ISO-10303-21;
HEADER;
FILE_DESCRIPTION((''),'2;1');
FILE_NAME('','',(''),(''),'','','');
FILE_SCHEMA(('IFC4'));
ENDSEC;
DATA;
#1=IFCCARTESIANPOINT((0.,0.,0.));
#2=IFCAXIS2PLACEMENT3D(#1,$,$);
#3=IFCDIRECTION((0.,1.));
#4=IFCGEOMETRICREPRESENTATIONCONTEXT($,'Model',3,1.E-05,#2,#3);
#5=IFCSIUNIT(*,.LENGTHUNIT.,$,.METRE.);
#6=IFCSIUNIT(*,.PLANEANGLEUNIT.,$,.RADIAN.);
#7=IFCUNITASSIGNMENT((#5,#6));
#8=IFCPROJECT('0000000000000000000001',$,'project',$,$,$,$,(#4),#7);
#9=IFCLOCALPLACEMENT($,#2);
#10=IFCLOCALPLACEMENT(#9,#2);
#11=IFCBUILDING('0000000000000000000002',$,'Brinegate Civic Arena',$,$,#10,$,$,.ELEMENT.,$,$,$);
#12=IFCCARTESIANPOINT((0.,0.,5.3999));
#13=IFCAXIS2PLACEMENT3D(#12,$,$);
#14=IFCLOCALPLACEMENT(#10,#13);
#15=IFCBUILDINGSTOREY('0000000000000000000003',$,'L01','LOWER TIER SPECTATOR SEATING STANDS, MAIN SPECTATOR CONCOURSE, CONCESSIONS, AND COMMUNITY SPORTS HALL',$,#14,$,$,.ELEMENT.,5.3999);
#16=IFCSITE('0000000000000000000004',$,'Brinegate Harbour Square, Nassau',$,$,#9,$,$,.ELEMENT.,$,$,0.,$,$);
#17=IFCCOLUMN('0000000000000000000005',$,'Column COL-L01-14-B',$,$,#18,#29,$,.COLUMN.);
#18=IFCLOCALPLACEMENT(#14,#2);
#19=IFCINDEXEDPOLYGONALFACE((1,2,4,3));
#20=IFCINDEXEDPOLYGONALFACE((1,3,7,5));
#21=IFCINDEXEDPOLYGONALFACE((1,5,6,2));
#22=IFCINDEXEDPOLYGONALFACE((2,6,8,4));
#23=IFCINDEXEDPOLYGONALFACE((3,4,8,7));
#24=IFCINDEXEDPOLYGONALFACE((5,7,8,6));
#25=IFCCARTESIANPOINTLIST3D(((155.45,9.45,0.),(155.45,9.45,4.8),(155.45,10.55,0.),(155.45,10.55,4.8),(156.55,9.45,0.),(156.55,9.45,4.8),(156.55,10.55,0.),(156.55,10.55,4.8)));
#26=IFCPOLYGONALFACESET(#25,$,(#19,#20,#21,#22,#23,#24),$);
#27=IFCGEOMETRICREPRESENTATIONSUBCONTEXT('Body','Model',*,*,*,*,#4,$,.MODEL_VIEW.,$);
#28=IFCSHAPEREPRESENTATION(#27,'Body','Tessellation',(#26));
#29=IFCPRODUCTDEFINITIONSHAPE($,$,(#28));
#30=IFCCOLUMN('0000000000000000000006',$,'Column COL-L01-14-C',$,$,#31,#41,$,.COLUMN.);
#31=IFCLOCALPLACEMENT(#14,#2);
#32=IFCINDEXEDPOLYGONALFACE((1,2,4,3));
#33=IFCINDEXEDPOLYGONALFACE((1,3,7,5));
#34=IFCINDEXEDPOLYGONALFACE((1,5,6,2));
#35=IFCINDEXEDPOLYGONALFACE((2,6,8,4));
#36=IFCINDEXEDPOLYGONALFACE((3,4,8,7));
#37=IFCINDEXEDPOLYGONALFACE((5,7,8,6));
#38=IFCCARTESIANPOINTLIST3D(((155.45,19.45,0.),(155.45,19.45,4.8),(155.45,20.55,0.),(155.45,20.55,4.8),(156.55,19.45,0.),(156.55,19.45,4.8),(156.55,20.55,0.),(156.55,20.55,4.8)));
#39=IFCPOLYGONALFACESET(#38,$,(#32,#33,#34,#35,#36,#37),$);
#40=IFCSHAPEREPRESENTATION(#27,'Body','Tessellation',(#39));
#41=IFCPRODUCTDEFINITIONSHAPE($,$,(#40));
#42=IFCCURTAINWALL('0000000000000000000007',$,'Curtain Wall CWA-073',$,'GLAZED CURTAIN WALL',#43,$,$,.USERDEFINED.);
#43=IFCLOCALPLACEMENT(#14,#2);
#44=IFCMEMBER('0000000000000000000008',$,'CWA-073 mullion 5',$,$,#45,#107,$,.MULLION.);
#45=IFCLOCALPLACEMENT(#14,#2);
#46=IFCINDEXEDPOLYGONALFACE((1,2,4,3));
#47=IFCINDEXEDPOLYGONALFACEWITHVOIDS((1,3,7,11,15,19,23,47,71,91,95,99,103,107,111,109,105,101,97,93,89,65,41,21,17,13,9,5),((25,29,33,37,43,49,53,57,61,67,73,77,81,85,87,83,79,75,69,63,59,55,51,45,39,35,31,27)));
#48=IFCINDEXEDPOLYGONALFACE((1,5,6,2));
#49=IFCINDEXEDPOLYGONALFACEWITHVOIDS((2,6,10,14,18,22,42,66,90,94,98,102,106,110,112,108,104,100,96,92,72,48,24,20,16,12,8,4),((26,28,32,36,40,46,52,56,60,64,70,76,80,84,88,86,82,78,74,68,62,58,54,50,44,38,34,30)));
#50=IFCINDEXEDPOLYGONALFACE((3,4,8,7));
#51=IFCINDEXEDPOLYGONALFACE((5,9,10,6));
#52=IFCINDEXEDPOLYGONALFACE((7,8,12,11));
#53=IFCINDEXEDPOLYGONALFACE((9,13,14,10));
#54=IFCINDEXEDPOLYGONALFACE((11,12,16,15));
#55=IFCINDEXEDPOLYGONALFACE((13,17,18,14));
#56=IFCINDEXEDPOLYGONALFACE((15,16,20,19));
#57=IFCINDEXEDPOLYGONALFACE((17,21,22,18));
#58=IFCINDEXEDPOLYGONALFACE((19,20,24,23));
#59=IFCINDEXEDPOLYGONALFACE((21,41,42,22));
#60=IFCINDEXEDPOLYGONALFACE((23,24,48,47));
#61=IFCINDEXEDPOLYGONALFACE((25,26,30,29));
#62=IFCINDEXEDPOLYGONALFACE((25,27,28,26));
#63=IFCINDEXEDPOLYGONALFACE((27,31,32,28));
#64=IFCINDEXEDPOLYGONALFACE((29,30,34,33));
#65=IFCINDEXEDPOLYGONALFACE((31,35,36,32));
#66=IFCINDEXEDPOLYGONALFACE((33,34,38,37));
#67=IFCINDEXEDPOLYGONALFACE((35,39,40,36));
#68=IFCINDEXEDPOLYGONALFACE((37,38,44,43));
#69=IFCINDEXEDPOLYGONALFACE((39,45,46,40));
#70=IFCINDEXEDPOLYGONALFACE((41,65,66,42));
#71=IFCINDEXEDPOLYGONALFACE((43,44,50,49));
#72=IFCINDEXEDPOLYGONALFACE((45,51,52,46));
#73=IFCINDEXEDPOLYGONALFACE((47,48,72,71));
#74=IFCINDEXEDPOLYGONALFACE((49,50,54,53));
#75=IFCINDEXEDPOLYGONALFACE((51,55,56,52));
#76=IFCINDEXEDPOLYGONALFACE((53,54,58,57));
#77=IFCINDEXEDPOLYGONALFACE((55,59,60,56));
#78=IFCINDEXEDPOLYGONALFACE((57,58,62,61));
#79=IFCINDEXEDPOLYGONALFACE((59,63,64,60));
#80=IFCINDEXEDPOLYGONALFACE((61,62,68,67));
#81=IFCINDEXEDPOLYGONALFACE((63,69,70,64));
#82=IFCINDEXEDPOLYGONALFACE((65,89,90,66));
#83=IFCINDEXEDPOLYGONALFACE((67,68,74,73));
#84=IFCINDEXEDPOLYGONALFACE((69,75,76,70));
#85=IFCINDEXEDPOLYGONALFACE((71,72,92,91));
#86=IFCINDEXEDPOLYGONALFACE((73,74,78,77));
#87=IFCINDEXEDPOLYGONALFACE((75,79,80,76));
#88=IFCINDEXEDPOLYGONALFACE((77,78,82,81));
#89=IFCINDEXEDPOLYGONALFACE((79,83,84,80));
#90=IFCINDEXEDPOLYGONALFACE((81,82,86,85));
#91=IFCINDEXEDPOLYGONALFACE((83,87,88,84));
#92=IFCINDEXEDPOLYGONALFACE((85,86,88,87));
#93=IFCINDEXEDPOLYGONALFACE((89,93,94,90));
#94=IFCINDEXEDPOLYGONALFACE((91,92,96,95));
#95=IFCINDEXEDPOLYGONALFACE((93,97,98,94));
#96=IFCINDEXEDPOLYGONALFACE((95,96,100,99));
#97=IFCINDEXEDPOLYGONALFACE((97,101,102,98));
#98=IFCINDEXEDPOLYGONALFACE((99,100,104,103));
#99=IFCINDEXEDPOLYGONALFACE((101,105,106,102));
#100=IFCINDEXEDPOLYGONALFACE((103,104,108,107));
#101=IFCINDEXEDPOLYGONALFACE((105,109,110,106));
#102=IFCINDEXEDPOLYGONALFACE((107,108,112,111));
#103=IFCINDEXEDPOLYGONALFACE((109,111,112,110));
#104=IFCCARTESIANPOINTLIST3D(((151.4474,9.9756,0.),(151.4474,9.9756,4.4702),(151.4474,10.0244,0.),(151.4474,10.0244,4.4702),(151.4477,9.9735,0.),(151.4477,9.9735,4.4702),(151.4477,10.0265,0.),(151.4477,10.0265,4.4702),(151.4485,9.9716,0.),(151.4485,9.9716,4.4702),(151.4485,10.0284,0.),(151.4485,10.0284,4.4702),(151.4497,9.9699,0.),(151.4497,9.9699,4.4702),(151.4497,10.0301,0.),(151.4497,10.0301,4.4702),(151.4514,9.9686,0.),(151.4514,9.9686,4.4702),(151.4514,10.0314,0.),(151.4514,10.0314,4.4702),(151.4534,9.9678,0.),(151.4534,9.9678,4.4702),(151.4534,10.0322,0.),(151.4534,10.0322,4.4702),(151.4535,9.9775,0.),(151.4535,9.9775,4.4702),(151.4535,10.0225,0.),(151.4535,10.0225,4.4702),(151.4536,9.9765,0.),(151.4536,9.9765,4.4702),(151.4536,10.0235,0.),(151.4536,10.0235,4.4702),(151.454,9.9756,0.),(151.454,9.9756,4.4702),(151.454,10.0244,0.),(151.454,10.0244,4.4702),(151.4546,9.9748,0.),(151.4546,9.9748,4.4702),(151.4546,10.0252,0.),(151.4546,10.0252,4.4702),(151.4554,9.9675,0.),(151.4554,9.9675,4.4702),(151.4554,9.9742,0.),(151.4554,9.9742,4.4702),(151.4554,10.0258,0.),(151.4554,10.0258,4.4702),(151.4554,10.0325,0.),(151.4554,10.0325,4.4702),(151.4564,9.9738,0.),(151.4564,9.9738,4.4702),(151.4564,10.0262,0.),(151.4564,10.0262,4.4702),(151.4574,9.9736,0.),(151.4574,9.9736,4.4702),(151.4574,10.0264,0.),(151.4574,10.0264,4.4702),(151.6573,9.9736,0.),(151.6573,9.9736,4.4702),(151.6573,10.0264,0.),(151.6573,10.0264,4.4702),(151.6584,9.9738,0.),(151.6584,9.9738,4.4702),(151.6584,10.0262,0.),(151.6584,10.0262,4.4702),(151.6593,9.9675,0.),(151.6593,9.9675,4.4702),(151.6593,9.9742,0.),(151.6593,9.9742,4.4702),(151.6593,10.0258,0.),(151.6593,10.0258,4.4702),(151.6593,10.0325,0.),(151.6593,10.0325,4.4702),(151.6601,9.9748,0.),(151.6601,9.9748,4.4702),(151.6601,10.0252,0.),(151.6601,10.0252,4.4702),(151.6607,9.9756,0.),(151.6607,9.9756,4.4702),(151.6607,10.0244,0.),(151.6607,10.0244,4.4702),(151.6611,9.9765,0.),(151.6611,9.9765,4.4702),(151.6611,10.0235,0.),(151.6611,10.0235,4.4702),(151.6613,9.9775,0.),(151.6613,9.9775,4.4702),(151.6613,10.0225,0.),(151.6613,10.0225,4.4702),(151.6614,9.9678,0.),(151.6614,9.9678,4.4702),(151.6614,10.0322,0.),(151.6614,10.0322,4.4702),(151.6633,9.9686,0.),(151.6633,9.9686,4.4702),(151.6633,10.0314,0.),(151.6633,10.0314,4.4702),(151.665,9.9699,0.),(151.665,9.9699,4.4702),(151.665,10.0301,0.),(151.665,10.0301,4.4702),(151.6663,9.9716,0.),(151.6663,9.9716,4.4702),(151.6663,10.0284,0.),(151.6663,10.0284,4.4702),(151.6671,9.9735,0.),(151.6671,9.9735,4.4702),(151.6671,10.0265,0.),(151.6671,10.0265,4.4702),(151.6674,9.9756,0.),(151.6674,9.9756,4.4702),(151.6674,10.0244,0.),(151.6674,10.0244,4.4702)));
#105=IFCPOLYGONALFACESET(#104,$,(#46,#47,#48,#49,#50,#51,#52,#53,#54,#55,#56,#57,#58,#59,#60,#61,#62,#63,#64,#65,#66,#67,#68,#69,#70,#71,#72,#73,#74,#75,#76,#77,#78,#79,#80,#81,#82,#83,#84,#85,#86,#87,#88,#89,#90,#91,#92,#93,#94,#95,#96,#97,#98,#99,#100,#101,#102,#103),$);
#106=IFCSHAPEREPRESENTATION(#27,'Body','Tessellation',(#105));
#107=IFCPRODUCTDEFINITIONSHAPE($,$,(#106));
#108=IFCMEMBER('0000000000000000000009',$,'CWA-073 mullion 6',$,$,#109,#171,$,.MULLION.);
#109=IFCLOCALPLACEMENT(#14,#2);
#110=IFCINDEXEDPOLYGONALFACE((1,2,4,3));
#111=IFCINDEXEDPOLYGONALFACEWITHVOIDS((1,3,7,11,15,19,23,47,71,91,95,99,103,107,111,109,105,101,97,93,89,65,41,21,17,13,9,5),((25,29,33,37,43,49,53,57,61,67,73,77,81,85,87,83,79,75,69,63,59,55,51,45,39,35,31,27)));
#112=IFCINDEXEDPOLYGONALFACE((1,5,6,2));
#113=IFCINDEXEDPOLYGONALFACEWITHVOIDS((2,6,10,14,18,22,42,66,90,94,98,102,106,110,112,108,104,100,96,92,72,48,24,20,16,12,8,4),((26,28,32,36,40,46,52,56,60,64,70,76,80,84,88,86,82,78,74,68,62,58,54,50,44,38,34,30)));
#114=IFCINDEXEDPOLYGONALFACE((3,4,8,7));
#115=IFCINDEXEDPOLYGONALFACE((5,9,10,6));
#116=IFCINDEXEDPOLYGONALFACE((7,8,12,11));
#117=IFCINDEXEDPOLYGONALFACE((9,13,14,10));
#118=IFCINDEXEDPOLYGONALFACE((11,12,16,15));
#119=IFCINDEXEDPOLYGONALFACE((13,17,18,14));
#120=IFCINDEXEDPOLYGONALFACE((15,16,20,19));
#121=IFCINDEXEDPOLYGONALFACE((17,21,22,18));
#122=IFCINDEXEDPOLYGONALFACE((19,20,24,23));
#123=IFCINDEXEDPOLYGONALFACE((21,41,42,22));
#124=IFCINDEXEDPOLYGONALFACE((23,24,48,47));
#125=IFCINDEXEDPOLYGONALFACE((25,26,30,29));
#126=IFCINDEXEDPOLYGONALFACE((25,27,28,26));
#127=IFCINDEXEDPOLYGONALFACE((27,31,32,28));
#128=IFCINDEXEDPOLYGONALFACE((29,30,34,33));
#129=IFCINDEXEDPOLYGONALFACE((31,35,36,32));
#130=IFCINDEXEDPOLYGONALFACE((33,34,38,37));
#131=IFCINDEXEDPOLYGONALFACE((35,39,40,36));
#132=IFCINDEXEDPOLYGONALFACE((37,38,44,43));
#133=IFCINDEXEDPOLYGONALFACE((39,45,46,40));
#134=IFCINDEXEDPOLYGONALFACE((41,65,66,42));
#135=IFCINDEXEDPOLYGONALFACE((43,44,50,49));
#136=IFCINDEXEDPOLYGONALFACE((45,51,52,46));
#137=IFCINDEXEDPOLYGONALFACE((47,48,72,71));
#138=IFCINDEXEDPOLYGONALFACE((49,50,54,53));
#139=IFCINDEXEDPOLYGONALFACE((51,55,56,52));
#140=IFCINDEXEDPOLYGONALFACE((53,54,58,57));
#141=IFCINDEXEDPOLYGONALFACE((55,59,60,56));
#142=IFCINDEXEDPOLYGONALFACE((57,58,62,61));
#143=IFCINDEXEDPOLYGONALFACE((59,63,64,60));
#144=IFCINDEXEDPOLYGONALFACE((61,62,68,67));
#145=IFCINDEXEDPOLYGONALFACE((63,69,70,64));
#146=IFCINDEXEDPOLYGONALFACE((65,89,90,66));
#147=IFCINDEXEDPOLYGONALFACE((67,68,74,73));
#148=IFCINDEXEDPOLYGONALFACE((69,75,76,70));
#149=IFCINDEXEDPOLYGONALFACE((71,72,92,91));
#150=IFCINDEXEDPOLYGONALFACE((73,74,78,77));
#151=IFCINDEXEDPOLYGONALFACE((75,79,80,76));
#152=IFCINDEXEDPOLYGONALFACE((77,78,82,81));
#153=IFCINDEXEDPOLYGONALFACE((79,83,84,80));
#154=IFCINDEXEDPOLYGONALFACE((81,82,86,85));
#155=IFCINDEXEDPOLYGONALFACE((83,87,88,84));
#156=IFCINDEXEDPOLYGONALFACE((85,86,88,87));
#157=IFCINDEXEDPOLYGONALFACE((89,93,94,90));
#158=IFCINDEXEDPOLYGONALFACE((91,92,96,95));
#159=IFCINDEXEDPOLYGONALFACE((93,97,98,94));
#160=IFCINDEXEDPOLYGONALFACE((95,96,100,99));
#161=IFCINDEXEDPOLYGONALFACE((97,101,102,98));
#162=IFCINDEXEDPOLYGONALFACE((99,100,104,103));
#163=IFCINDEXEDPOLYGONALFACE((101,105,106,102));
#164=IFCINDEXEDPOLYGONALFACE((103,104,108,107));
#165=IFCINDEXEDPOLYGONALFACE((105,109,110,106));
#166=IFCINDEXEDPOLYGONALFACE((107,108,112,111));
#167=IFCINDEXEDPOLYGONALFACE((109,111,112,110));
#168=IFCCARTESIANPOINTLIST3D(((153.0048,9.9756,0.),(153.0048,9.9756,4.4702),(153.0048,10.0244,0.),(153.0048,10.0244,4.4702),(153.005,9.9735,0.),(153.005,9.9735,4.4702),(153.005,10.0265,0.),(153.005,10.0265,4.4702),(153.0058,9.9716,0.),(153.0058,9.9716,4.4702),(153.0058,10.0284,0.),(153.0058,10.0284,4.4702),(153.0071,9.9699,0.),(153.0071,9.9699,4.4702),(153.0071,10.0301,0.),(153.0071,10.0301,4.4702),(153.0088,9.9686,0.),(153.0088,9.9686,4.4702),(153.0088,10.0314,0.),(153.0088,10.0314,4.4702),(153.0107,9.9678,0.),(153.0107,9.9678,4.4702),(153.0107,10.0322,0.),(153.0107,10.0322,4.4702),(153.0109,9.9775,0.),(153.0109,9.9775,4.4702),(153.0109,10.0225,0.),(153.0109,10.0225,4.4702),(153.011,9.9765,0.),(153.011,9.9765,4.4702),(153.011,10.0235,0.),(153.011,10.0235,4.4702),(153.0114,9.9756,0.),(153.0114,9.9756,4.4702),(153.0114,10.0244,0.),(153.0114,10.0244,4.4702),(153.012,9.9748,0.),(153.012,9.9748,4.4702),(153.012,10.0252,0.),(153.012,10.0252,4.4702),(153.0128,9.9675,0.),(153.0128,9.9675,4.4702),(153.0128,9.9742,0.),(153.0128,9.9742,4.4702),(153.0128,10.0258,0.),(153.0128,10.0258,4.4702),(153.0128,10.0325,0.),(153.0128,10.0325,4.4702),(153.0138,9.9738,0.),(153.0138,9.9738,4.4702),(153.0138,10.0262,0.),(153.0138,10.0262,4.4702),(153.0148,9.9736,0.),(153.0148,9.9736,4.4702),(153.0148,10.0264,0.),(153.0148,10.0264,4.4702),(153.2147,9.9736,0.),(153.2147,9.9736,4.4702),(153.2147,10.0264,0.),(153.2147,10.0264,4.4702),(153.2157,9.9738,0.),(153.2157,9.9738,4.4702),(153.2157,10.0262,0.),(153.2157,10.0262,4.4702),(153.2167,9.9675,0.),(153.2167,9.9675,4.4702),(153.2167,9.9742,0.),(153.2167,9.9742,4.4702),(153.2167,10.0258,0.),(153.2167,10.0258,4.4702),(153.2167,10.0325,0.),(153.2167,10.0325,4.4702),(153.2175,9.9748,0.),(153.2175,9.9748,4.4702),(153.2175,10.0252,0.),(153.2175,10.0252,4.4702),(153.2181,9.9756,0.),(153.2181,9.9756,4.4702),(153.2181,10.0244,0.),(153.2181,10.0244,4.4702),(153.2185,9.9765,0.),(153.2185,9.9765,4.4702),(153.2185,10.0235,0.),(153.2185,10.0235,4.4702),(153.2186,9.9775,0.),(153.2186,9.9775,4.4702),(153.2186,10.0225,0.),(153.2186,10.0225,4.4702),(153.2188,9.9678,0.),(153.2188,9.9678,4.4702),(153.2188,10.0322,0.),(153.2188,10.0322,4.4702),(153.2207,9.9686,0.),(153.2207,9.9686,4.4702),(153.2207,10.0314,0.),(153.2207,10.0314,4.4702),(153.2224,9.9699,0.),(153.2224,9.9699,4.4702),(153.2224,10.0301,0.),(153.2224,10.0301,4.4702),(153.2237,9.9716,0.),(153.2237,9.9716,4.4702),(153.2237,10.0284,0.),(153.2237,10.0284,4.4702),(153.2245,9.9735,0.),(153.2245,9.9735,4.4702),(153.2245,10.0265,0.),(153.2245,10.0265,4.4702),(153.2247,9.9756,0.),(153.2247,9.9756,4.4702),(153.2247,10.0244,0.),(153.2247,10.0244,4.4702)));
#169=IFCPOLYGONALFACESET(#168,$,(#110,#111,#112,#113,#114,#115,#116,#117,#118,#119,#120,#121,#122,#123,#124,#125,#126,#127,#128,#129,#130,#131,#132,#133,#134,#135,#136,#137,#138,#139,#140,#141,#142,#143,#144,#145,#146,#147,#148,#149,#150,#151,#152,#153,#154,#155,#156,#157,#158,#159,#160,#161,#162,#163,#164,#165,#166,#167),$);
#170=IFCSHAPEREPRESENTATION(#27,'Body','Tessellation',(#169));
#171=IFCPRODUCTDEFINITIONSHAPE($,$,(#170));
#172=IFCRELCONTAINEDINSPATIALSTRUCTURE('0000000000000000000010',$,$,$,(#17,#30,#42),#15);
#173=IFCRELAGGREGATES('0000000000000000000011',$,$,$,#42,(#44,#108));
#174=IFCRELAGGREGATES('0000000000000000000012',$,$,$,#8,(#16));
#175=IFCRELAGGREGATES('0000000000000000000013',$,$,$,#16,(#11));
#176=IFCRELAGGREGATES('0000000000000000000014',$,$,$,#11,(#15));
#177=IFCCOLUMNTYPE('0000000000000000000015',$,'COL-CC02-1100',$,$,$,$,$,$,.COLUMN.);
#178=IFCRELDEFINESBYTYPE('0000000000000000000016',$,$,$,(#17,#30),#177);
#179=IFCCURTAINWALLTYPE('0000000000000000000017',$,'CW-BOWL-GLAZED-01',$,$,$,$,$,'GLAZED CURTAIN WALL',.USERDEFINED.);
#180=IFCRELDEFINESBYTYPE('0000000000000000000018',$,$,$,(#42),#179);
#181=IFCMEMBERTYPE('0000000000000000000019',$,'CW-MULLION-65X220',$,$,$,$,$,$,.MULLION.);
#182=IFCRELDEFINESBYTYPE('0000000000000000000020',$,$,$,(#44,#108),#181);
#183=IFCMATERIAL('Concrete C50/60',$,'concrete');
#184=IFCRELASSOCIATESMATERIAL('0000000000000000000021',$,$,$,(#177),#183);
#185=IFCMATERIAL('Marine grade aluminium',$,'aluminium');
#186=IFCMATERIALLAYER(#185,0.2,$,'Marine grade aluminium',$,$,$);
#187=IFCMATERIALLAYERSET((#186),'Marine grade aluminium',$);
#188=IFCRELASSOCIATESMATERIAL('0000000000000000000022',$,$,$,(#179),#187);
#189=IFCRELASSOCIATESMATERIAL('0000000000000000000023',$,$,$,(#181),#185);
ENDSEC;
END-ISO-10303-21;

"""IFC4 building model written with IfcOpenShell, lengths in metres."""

from ifc_helpers import new_model, si_unit, direction, frame, origin, origin_2d, place, context, subcontext, project, spatial, rectangle, hollow_rectangle, extrude, material, layer, layer_set, material_profile, profile_set, type_object, element, aggregate, save


model = new_model("IFC4")

# Units and contexts
model_context = context("Model", 3, precision=1e-05, world=origin(), true_north=direction((0.0, 1.0)))
body_context = subcontext(model_context, "Body", "Model", "MODEL_VIEW")
ifc_project = project(units=[si_unit("LENGTHUNIT", "METRE"), si_unit("PLANEANGLEUNIT", "RADIAN")], contexts=[model_context])

# Site, building, storey
site_placement = place(None, origin())
site = spatial("IfcSite", under=ifc_project, at=site_placement, Name="Brinegate Harbour Square, Nassau", CompositionType="ELEMENT", RefElevation=0.0)
building_placement = place(site_placement, origin())
building = spatial("IfcBuilding", under=site, at=building_placement, Name="Brinegate Civic Arena", CompositionType="ELEMENT")
storey_placement = place(building_placement, frame((0.0, 0.0, 5.3999)))
storey = spatial("IfcBuildingStorey", under=building, at=storey_placement, Name="L01", Description="LOWER TIER SPECTATOR SEATING STANDS, MAIN SPECTATOR CONCOURSE, CONCESSIONS, AND COMMUNITY SPORTS HALL", CompositionType="ELEMENT", Elevation=5.3999)

# Columns
ifc_material_1 = material(Name="Concrete C50/60", Category="concrete")
ifc_material_profile_1 = material_profile(ifc_material_1, rectangle(XDim=1.1001, YDim=1.1001, at=origin_2d()), Name="RC1100X1100")
ifc_profile_set_1 = profile_set([ifc_material_profile_1], Name="Concrete C50/60")
column_type = type_object("IfcColumnType", Name="COL-CC02-1100", PredefinedType="COLUMN", material=ifc_profile_set_1)
for number, where, z_axis, x_axis, name in (
    (1, (156.0, 10.0, 0.0), (0.0, 0.0, 1.0), (1.0, 0.0, 0.0), "Column COL-L01-14-B"),
    (2, (156.0, 20.0, 0.0), (0.0, 0.0, 1.0), (1.0, 0.0, 0.0), "Column COL-L01-14-C"),
):
    element("IfcColumn", number, at=place(storey_placement, frame(where, z_axis=z_axis, x_axis=x_axis)), inside=storey, type_object=column_type, Name=name, PredefinedType="COLUMN", context=body_context, shape_type="SweptSolid", body=[
        extrude(rectangle(XDim=1.1001, YDim=1.1001, at=origin_2d()), origin(), (0.0, 0.0, 1.0), 4.8),
    ])

# Curtain wall, members
ifc_material_2 = material(Name="Marine grade aluminium", Category="aluminium")
ifc_layer_1 = layer(ifc_material_2, 0.2, Name="Marine grade aluminium")
ifc_layer_set_1 = layer_set([ifc_layer_1], Name="Marine grade aluminium")
curtain_wall_type = type_object("IfcCurtainWallType", Name="CW-BOWL-GLAZED-01", ElementType="GLAZED CURTAIN WALL", PredefinedType="USERDEFINED", material=ifc_layer_set_1)
curtain_wall_placement = place(storey_placement, origin())
curtain_wall = element("IfcCurtainWall", 3, at=curtain_wall_placement, inside=storey, type_object=curtain_wall_type, Name="Curtain Wall CWA-073", ObjectType="GLAZED CURTAIN WALL", PredefinedType="USERDEFINED")
ifc_material_profile_2 = material_profile(ifc_material_2, hollow_rectangle(XDim=0.0649, YDim=0.22, WallThickness=0.0061, InnerFilletRadius=0.0039, OuterFilletRadius=0.0081, at=origin_2d()), Name="MUL65X220")
ifc_profile_set_2 = profile_set([ifc_material_profile_2], Name="Marine grade aluminium")
member_type_1 = type_object("IfcMemberType", Name="CW-MULLION-65X220", PredefinedType="MULLION", material=ifc_profile_set_2)
member_1_placement = place(storey_placement, frame((151.5574, 10.0, 0.0), z_axis=(0.0, 0.0, 1.0), x_axis=(0.0, 1.0, 0.0)))
member_1 = element("IfcMember", 4, at=member_1_placement, type_object=member_type_1, Name="CWA-073 mullion 5", PredefinedType="MULLION", context=body_context, shape_type="SweptSolid", body=[
    extrude(hollow_rectangle(XDim=0.0649, YDim=0.22, WallThickness=0.0061, InnerFilletRadius=0.0039, OuterFilletRadius=0.0081, at=origin_2d()), origin(), (0.0, 0.0, 1.0), 4.4702),
])
member_2_placement = place(storey_placement, frame((153.1147, 10.0, 0.0), z_axis=(0.0, 0.0, 1.0), x_axis=(0.0, 1.0, 0.0)))
member_2 = element("IfcMember", 5, at=member_2_placement, type_object=member_type_1, Name="CWA-073 mullion 6", PredefinedType="MULLION", context=body_context, shape_type="SweptSolid", body=[
    extrude(hollow_rectangle(XDim=0.0649, YDim=0.22, WallThickness=0.0061, InnerFilletRadius=0.0039, OuterFilletRadius=0.0081, at=origin_2d()), origin(), (0.0, 0.0, 1.0), 4.4702),
])

aggregate(curtain_wall, [member_1, member_2])

save(model, "model.ifc")
